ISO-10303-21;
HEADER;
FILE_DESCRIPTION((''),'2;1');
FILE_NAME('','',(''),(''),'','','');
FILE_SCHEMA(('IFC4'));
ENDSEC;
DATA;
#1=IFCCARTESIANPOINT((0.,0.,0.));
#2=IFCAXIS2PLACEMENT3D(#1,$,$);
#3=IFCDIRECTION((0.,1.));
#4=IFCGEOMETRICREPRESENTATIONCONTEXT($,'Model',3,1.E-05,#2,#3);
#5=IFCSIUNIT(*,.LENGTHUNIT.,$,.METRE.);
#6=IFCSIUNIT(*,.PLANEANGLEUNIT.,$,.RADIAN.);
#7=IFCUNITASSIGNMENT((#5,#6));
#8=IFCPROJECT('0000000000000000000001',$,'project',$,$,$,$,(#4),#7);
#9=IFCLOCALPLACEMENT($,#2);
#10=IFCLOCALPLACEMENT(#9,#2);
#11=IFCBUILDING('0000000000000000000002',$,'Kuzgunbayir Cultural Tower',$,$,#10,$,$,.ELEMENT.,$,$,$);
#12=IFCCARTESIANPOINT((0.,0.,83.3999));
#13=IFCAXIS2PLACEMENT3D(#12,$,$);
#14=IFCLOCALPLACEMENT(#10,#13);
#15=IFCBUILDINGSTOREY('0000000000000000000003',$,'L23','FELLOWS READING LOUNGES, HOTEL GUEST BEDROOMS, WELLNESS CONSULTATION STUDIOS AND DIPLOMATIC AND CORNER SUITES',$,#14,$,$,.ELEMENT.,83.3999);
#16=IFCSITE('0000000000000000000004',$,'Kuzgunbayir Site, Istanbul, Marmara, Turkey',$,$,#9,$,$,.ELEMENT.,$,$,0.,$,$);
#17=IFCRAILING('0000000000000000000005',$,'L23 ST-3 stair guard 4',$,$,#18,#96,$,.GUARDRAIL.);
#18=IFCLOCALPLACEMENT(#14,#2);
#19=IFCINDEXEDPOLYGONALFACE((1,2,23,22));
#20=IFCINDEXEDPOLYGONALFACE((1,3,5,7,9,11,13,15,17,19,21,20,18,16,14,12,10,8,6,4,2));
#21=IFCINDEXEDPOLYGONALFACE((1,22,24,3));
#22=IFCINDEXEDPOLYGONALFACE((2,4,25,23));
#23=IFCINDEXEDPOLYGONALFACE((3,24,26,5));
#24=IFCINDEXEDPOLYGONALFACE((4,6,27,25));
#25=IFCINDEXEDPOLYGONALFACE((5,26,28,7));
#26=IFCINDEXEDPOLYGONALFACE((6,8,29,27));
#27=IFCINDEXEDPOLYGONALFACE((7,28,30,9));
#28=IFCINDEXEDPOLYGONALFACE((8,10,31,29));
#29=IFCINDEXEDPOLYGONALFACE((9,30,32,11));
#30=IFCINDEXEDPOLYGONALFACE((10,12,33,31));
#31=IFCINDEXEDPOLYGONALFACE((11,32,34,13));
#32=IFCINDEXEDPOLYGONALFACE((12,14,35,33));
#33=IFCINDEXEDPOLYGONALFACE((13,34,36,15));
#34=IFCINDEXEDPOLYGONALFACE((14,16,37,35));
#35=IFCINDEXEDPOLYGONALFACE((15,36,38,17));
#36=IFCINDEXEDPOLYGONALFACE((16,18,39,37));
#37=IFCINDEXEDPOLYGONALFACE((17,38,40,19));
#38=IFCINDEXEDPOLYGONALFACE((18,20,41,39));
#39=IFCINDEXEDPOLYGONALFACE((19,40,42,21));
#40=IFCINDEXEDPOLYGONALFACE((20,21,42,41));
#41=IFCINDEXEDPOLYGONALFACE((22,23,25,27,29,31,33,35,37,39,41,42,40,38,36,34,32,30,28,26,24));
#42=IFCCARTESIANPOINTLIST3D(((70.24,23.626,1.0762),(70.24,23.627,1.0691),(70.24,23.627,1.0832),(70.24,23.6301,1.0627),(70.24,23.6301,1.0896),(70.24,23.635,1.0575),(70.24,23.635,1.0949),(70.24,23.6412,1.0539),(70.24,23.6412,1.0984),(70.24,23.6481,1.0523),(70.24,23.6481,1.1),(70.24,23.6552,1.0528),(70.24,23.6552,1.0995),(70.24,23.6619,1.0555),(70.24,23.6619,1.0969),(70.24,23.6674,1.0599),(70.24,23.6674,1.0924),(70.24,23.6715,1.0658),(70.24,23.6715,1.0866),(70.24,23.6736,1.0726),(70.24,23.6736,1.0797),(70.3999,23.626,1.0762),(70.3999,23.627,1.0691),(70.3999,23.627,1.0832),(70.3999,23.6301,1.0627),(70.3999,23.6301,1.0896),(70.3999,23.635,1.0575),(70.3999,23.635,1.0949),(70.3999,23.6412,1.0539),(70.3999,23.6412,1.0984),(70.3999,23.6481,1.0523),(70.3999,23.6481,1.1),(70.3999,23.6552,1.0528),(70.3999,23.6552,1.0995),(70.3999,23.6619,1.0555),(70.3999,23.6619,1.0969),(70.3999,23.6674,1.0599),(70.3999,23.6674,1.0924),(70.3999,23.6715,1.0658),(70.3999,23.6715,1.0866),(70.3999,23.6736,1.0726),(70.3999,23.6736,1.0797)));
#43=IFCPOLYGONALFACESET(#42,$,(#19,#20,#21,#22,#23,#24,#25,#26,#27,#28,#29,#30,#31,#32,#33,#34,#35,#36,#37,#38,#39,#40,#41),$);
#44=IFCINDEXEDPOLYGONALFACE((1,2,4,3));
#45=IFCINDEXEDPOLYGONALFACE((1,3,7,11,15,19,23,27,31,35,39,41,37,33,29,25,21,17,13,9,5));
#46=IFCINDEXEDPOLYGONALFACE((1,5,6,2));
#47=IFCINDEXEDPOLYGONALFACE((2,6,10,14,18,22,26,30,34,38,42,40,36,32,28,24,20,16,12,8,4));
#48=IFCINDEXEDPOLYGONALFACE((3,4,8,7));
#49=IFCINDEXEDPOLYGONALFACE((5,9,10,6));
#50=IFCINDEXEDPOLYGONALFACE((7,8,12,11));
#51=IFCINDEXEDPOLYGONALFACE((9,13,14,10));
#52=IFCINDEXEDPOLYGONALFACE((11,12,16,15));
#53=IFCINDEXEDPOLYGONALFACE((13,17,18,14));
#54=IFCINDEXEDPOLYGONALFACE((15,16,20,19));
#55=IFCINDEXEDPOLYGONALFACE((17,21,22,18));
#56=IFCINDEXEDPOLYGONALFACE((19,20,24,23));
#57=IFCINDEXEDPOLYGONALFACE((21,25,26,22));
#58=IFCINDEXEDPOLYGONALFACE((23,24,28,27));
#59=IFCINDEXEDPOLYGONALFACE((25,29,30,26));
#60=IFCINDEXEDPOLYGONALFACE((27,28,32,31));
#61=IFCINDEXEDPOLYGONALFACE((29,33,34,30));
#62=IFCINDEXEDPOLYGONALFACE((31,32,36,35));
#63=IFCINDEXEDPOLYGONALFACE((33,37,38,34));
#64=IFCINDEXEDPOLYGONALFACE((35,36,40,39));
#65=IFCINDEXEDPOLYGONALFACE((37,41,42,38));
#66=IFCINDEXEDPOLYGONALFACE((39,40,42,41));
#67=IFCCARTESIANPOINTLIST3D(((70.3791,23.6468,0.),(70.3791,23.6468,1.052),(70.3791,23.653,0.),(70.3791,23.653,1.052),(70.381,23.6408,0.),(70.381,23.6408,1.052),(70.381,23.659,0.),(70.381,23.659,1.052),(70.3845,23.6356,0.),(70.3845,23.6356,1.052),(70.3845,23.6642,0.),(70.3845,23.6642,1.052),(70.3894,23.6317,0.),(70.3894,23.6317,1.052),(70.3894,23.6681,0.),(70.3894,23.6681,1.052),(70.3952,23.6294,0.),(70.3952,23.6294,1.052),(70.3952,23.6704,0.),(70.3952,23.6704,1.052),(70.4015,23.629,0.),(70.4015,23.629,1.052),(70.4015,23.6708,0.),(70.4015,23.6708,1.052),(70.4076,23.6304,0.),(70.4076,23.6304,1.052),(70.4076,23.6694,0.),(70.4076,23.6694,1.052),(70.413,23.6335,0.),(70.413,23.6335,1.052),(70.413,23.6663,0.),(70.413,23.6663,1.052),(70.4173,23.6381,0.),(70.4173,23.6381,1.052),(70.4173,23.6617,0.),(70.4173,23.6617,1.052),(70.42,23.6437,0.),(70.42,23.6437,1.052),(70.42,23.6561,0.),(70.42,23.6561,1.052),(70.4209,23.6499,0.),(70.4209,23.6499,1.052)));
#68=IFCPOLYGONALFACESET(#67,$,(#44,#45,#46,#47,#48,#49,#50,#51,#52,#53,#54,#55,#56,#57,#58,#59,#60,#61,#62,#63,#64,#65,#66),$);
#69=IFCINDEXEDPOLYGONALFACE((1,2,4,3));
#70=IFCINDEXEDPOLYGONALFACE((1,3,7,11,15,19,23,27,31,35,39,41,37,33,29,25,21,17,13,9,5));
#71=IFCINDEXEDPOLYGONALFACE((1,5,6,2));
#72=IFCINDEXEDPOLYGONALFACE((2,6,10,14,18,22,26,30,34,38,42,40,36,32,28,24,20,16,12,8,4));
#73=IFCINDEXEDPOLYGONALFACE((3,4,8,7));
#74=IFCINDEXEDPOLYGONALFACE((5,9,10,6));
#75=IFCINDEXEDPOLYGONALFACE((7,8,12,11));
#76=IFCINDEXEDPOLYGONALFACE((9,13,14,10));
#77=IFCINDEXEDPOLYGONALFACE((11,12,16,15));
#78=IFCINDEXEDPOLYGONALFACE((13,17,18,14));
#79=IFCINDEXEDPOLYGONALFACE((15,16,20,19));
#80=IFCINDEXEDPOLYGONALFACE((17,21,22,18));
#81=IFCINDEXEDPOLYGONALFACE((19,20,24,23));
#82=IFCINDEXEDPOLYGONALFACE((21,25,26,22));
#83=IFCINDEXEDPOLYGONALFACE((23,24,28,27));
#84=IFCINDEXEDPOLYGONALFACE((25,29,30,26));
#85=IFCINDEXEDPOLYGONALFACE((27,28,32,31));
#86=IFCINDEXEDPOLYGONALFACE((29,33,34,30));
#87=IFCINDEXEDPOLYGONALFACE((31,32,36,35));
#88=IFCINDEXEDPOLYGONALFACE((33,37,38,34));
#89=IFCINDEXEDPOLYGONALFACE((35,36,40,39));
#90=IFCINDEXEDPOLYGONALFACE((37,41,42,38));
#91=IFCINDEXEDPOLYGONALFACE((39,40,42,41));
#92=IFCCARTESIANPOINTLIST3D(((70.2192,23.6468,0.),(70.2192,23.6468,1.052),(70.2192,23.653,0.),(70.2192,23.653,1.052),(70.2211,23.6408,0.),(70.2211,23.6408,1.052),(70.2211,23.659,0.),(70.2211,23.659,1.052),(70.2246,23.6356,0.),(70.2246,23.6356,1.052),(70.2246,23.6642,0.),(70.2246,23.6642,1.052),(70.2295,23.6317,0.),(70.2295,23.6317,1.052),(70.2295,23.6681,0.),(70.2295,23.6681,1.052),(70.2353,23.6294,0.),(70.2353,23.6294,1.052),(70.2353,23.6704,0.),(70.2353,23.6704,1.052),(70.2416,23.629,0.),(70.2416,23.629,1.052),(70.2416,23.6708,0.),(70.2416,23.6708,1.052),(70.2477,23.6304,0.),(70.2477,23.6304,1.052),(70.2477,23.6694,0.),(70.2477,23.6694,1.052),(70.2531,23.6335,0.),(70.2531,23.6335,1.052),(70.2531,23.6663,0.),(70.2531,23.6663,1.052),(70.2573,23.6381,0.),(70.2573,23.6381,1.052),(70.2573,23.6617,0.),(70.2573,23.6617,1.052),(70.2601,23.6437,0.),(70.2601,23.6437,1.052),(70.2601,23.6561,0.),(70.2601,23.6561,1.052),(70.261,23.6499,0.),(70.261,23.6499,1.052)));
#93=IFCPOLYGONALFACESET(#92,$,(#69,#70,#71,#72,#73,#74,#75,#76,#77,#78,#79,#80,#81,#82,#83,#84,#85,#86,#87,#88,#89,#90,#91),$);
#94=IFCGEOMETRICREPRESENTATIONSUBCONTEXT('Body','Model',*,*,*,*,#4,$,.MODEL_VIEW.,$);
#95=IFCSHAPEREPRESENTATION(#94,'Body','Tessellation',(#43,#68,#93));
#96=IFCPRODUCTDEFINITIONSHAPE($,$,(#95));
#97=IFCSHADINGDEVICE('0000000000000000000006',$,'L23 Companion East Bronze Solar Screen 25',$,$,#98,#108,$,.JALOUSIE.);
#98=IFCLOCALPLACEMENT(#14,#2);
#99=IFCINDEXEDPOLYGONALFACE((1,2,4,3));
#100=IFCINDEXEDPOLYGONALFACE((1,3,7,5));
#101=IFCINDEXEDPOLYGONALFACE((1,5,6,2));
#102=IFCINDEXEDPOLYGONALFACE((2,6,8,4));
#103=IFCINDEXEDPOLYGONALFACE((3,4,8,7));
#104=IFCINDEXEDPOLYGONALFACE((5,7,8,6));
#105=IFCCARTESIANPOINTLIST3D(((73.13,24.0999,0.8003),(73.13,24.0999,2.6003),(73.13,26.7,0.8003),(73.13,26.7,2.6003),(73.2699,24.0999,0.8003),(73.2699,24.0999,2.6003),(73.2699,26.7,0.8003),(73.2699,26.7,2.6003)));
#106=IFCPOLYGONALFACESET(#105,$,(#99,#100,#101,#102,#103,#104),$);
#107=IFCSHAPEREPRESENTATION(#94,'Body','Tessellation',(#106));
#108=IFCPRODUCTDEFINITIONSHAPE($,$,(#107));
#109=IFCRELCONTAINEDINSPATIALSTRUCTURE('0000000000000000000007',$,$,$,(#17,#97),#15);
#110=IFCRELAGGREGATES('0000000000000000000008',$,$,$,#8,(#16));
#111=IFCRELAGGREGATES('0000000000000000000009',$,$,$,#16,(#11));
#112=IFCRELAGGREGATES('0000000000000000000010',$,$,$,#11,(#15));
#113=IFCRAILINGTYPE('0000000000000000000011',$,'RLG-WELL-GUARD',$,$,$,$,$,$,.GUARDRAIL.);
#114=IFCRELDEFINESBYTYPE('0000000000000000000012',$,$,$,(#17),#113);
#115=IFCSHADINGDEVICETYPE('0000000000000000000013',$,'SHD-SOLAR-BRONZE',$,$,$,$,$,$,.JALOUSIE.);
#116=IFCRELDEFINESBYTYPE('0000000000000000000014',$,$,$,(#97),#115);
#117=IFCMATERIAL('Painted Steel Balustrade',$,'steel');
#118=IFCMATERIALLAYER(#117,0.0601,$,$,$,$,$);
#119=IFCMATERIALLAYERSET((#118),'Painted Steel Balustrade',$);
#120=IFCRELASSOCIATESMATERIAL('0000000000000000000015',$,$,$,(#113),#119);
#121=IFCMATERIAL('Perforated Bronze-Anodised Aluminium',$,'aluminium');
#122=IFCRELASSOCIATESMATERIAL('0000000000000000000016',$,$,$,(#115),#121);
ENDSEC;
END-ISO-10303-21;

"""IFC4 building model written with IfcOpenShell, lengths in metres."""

from ifc_helpers import new_model, si_unit, direction, frame, origin, origin_2d, place, context, subcontext, project, spatial, rectangle, circle, extrude, material, layer, layer_set, type_object, element, save


model = new_model("IFC4")

# Units and contexts
model_context = context("Model", 3, precision=1e-05, world=origin(), true_north=direction((0.0, 1.0)))
body_context = subcontext(model_context, "Body", "Model", "MODEL_VIEW")
ifc_project = project(units=[si_unit("LENGTHUNIT", "METRE"), si_unit("PLANEANGLEUNIT", "RADIAN")], contexts=[model_context])

# Site, building, storey
site_placement = place(None, origin())
site = spatial("IfcSite", under=ifc_project, at=site_placement, Name="Kuzgunbayir Site, Istanbul, Marmara, Turkey", CompositionType="ELEMENT", RefElevation=0.0)
building_placement = place(site_placement, origin())
building = spatial("IfcBuilding", under=site, at=building_placement, Name="Kuzgunbayir Cultural Tower", CompositionType="ELEMENT")
storey_placement = place(building_placement, frame((0.0, 0.0, 83.3999)))
storey = spatial("IfcBuildingStorey", under=building, at=storey_placement, Name="L23", Description="FELLOWS READING LOUNGES, HOTEL GUEST BEDROOMS, WELLNESS CONSULTATION STUDIOS AND DIPLOMATIC AND CORNER SUITES", CompositionType="ELEMENT", Elevation=83.3999)

# Railing
ifc_material_1 = material(Name="Painted Steel Balustrade", Category="steel")
ifc_layer_1 = layer(ifc_material_1, 0.0601)
ifc_layer_set_1 = layer_set([ifc_layer_1], Name="Painted Steel Balustrade")
railing_type_1 = type_object("IfcRailingType", Name="RLG-WELL-GUARD", PredefinedType="GUARDRAIL", material=ifc_layer_set_1)
railing_1_placement = place(storey_placement, frame((70.3999, 23.6499, 0.0)))
element("IfcRailing", 1, at=railing_1_placement, inside=storey, type_object=railing_type_1, Name="L23 ST-3 stair guard 4", PredefinedType="GUARDRAIL", context=body_context, shape_type="SweptSolid", body=[
    extrude(circle(Radius=0.0239, at=origin_2d()), frame((0.0, 0.0, 1.0762), z_axis=(-1.0, 0.0, 0.0), x_axis=(0.0, -1.0, 0.0)), (0.0, 0.0, 1.0), 0.1599),
    extrude(circle(Radius=0.021, at=origin_2d()), origin(), (0.0, 0.0, 1.0), 1.052),
    extrude(circle(Radius=0.021, at=origin_2d()), frame((-0.1599, 0.0, 0.0)), (0.0, 0.0, 1.0), 1.052),
])

# Shading device
ifc_material_2 = material(Name="Perforated Bronze-Anodised Aluminium", Category="aluminium")
shading_device_type = type_object("IfcShadingDeviceType", Name="SHD-SOLAR-BRONZE", PredefinedType="JALOUSIE", material=ifc_material_2)
shading_device_placement = place(storey_placement, frame((73.2, 25.3999, 0.8003), z_axis=(0.0, 0.0, 1.0), x_axis=(1.0, 0.0, 0.0)))
element("IfcShadingDevice", 2, at=shading_device_placement, inside=storey, type_object=shading_device_type, Name="L23 Companion East Bronze Solar Screen 25", PredefinedType="JALOUSIE", context=body_context, shape_type="SweptSolid", body=[
    extrude(rectangle(XDim=0.1399, YDim=2.6001, at=origin_2d()), origin(), (0.0, 0.0, 1.0), 1.8),
])

save(model, "model.ifc")
